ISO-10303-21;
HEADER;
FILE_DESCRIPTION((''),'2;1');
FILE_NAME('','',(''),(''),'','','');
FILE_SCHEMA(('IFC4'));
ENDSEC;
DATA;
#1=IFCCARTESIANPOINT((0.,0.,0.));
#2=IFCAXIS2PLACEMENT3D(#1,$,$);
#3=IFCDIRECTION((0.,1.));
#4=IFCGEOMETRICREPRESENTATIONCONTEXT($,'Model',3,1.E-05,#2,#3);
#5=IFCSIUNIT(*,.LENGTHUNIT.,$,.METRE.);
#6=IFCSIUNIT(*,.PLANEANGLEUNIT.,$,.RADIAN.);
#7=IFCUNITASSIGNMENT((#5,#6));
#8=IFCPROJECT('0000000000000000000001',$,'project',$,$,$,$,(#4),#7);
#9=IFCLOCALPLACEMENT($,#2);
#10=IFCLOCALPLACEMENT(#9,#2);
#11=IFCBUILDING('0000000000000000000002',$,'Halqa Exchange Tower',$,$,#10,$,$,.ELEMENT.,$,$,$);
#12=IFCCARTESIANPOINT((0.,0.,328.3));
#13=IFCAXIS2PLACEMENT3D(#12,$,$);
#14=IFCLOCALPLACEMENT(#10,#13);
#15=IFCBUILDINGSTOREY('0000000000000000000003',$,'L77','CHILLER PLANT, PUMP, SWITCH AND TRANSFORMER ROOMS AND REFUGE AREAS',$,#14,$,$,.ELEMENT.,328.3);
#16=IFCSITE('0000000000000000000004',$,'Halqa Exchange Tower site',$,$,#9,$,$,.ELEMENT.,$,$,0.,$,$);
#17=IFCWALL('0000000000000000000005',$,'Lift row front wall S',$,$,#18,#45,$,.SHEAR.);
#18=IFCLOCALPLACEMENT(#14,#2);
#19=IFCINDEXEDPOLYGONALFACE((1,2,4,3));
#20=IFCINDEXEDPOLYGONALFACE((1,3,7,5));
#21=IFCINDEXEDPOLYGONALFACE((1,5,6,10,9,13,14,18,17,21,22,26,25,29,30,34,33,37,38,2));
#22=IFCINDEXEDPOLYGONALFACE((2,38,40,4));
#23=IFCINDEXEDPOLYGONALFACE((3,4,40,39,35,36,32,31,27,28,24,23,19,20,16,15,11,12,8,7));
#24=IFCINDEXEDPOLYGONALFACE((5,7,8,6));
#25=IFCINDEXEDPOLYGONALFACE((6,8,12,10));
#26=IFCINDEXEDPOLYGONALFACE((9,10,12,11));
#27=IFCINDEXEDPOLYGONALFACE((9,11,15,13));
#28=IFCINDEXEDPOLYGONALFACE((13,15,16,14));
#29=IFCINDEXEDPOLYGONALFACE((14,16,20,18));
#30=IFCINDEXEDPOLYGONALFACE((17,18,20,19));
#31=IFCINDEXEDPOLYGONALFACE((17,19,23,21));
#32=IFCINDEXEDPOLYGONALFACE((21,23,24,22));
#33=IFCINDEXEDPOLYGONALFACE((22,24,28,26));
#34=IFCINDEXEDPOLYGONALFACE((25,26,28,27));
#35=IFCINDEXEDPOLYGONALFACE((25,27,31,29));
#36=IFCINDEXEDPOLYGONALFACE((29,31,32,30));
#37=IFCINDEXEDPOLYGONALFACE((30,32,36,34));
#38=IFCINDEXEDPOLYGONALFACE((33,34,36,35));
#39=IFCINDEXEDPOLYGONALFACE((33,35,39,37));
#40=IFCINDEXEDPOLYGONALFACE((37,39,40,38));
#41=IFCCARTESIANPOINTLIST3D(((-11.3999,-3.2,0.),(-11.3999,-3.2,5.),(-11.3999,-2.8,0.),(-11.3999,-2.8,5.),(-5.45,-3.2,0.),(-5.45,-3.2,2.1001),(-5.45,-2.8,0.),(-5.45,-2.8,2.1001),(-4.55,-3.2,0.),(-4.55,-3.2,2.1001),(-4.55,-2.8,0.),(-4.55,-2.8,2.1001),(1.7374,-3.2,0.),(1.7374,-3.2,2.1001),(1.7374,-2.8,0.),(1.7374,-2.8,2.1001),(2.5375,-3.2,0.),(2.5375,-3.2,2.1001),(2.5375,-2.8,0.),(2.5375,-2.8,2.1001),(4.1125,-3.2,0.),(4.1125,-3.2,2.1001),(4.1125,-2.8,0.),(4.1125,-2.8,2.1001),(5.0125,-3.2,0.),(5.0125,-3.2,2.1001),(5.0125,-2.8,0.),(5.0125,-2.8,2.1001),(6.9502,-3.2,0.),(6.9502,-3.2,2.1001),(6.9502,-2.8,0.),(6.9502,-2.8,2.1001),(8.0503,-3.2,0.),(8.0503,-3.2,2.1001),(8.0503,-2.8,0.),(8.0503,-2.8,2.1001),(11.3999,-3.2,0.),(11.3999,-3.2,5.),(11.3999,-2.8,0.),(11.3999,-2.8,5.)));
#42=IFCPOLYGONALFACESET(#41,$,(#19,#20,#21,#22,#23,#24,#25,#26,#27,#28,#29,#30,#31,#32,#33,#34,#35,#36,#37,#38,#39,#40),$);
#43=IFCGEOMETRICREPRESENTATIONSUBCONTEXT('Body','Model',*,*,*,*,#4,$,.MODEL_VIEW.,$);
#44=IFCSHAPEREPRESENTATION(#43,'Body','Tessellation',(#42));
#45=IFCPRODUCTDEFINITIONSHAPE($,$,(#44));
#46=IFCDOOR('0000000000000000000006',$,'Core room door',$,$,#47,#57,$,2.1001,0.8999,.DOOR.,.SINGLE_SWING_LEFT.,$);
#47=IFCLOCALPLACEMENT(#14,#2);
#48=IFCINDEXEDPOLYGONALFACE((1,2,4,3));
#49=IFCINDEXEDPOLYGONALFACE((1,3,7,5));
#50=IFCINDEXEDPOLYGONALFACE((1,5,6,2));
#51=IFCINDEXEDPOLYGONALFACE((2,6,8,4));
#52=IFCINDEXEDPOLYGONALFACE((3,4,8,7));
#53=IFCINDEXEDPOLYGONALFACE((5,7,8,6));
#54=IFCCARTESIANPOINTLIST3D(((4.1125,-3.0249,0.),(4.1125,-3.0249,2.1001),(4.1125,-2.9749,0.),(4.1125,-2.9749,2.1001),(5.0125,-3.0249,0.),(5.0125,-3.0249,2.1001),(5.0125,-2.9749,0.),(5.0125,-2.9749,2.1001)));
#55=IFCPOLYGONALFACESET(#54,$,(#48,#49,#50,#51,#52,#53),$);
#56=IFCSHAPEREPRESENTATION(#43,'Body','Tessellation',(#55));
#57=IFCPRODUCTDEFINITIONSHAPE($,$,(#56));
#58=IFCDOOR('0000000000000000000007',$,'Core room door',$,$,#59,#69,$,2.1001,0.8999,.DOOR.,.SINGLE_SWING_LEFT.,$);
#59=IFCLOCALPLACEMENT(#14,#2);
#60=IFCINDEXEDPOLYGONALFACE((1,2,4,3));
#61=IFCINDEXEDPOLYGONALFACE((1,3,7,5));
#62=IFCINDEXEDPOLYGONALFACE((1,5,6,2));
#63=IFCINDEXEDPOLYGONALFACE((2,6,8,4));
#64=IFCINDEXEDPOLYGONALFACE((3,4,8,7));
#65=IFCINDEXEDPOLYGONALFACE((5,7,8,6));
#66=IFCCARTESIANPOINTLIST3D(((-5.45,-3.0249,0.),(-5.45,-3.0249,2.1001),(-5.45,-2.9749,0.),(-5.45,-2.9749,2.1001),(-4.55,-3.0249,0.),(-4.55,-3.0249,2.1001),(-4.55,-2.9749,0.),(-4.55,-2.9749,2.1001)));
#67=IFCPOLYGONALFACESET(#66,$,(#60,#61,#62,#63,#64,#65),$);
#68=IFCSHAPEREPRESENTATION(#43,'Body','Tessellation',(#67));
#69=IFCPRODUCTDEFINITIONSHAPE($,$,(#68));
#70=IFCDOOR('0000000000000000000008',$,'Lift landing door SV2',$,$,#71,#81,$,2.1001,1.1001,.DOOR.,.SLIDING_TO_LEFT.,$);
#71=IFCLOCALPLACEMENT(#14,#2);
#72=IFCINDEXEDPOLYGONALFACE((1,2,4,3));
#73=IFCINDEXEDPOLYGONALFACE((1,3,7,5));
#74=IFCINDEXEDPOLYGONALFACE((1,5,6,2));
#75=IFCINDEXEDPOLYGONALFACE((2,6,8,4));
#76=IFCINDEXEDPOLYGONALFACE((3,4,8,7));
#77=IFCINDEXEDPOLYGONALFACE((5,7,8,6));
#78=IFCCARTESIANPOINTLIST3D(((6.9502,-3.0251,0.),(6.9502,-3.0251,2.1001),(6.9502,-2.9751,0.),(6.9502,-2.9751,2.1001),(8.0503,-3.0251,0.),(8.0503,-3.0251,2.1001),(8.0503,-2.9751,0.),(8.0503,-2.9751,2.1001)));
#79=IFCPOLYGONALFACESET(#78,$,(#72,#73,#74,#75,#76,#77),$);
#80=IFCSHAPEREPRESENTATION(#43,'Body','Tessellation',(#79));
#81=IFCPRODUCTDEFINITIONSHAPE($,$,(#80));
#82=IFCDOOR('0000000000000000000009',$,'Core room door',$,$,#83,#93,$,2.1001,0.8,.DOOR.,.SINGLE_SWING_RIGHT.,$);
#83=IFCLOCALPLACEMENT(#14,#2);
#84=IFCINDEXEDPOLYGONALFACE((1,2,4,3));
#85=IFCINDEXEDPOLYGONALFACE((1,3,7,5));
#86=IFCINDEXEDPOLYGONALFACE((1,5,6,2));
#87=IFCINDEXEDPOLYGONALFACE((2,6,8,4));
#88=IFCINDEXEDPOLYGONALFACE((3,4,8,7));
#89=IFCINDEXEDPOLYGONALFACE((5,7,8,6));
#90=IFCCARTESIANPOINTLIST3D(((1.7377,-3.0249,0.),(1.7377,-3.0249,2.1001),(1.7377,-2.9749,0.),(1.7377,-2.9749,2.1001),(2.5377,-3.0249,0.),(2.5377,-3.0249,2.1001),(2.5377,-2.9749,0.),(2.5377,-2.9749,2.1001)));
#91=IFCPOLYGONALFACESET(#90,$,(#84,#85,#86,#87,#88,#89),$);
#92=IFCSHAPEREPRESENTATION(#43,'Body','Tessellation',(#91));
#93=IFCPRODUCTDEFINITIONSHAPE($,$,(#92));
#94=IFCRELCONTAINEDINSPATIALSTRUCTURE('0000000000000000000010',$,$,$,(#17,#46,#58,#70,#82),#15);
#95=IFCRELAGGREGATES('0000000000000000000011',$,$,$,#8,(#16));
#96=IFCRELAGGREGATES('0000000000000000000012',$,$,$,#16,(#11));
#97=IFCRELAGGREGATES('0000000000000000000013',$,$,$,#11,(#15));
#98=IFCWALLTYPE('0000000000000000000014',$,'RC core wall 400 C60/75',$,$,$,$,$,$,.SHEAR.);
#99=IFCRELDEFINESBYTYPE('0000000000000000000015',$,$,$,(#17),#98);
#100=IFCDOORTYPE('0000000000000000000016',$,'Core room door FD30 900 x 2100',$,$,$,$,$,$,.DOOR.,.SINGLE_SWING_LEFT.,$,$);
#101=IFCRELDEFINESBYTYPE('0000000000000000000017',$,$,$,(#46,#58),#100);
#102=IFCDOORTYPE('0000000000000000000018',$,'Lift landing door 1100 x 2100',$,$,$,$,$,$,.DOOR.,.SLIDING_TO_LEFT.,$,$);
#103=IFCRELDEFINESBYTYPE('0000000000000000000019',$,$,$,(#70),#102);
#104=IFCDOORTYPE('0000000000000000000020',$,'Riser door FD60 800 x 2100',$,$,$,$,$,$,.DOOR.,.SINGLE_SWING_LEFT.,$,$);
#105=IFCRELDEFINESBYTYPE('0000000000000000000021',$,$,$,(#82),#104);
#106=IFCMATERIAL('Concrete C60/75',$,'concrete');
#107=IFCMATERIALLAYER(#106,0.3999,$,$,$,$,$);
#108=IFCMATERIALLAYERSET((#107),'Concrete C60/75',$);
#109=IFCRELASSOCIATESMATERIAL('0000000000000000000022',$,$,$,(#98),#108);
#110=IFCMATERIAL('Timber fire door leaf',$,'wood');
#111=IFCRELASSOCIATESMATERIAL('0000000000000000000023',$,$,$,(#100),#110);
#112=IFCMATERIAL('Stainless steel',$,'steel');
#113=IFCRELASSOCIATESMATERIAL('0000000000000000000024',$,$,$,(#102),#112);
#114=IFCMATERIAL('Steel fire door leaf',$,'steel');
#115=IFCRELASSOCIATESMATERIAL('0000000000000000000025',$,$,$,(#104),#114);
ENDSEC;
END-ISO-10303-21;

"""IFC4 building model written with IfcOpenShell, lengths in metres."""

from ifc_helpers import new_model, si_unit, direction, frame, frame_2d, origin, place, context, subcontext, project, spatial, rectangle, extrude, material, layer, layer_set, type_object, element, fill, save


model = new_model("IFC4")

# Units and contexts
model_context = context("Model", 3, precision=1e-05, world=origin(), true_north=direction((0.0, 1.0)))
body_context = subcontext(model_context, "Body", "Model", "MODEL_VIEW")
ifc_project = project(units=[si_unit("LENGTHUNIT", "METRE"), si_unit("PLANEANGLEUNIT", "RADIAN")], contexts=[model_context])

# Site, building, storey
site_placement = place(None, origin())
site = spatial("IfcSite", under=ifc_project, at=site_placement, Name="Halqa Exchange Tower site", CompositionType="ELEMENT", RefElevation=0.0)
building_placement = place(site_placement, origin())
building = spatial("IfcBuilding", under=site, at=building_placement, Name="Halqa Exchange Tower", CompositionType="ELEMENT")
storey_placement = place(building_placement, frame((0.0, 0.0, 328.3)))
storey = spatial("IfcBuildingStorey", under=building, at=storey_placement, Name="L77", Description="CHILLER PLANT, PUMP, SWITCH AND TRANSFORMER ROOMS AND REFUGE AREAS", CompositionType="ELEMENT", Elevation=328.3)

# Wall, openings, doors
ifc_material_1 = material(Name="Concrete C60/75", Category="concrete")
ifc_layer_1 = layer(ifc_material_1, 0.3999)
ifc_layer_set_1 = layer_set([ifc_layer_1], Name="Concrete C60/75")
wall_type_1 = type_object("IfcWallType", Name="RC core wall 400 C60/75", PredefinedType="SHEAR", material=ifc_layer_set_1)
wall_1_placement = place(storey_placement, frame((-11.3999, -3.0, 0.0), z_axis=(0.0, 0.0, 1.0), x_axis=(1.0, 0.0, 0.0)))
wall_1 = element("IfcWall", 1, at=wall_1_placement, inside=storey, type_object=wall_type_1, Name="Lift row front wall S", PredefinedType="SHEAR", context=body_context, shape_type="SweptSolid", body=[
    extrude(rectangle(XDim=22.7998, YDim=0.3999, at=frame_2d((11.3999, 0.0))), origin(), (0.0, 0.0, 1.0), 5.0),
])
opening_1_placement = place(wall_1_placement, frame((18.3501, 0.0, 0.0)))
opening_1 = element("IfcOpeningElement", 2, at=opening_1_placement, cuts=wall_1, PredefinedType="OPENING", context=body_context, shape_type="SweptSolid", body=[
    extrude(rectangle(XDim=1.1001, YDim=2.1001, at=frame_2d((0.55, 1.05))), frame((0.0, 0.2119, 0.0), z_axis=(0.0, -1.0, 0.0), x_axis=(1.0, 0.0, 0.0)), (0.0, 0.0, 1.0), 0.4238),
])
opening_2_placement = place(wall_1_placement, frame((13.1375, 0.0, 0.0)))
opening_2 = element("IfcOpeningElement", 3, at=opening_2_placement, cuts=wall_1, PredefinedType="OPENING", context=body_context, shape_type="SweptSolid", body=[
    extrude(rectangle(XDim=0.8, YDim=2.1001, at=frame_2d((0.3999, 1.05))), frame((0.0, 0.2119, 0.0), z_axis=(0.0, -1.0, 0.0), x_axis=(1.0, 0.0, 0.0)), (0.0, 0.0, 1.0), 0.4238),
])
opening_3_placement = place(wall_1_placement, frame((15.5125, 0.0, 0.0)))
opening_3 = element("IfcOpeningElement", 4, at=opening_3_placement, cuts=wall_1, PredefinedType="OPENING", context=body_context, shape_type="SweptSolid", body=[
    extrude(rectangle(XDim=0.8999, YDim=2.1001, at=frame_2d((0.45, 1.05))), frame((0.0, 0.2119, 0.0), z_axis=(0.0, -1.0, 0.0), x_axis=(1.0, 0.0, 0.0)), (0.0, 0.0, 1.0), 0.4238),
])
opening_4_placement = place(wall_1_placement, frame((5.95, 0.0, 0.0)))
opening_4 = element("IfcOpeningElement", 5, at=opening_4_placement, cuts=wall_1, PredefinedType="OPENING", context=body_context, shape_type="SweptSolid", body=[
    extrude(rectangle(XDim=0.8999, YDim=2.1001, at=frame_2d((0.45, 1.05))), frame((0.0, 0.2119, 0.0), z_axis=(0.0, -1.0, 0.0), x_axis=(1.0, 0.0, 0.0)), (0.0, 0.0, 1.0), 0.4238),
])
ifc_material_2 = material(Name="Timber fire door leaf", Category="wood")
door_type_1 = type_object("IfcDoorType", Name="Core room door FD30 900 x 2100", OperationType="SINGLE_SWING_LEFT", PredefinedType="DOOR", material=ifc_material_2)
door_1_placement = place(opening_3_placement, frame((0.8999, 0.0, 0.0), z_axis=(0.0, 0.0, 1.0), x_axis=(-1.0, 0.0, 0.0)))
door_1 = element("IfcDoor", 6, at=door_1_placement, inside=storey, type_object=door_type_1, Name="Core room door", OperationType="SINGLE_SWING_LEFT", OverallHeight=2.1001, OverallWidth=0.8999, PredefinedType="DOOR", context=body_context, shape_type="SweptSolid", body=[
    extrude(rectangle(XDim=0.8999, YDim=2.1001, at=frame_2d((0.45, 1.05))), frame((0.0, 0.0249, 0.0), z_axis=(0.0, -1.0, 0.0), x_axis=(1.0, 0.0, 0.0)), (0.0, 0.0, 1.0), 0.05),
])
fill(opening_3, door_1)
door_2_placement = place(opening_4_placement, frame((0.8999, 0.0, 0.0), z_axis=(0.0, 0.0, 1.0), x_axis=(-1.0, 0.0, 0.0)))
door_2 = element("IfcDoor", 7, at=door_2_placement, inside=storey, type_object=door_type_1, Name="Core room door", OperationType="SINGLE_SWING_LEFT", OverallHeight=2.1001, OverallWidth=0.8999, PredefinedType="DOOR", context=body_context, shape_type="SweptSolid", body=[
    extrude(rectangle(XDim=0.8999, YDim=2.1001, at=frame_2d((0.45, 1.05))), frame((0.0, 0.0249, 0.0), z_axis=(0.0, -1.0, 0.0), x_axis=(1.0, 0.0, 0.0)), (0.0, 0.0, 1.0), 0.05),
])
fill(opening_4, door_2)
ifc_material_3 = material(Name="Stainless steel", Category="steel")
door_type_2 = type_object("IfcDoorType", Name="Lift landing door 1100 x 2100", OperationType="SLIDING_TO_LEFT", PredefinedType="DOOR", material=ifc_material_3)
door_3_placement = place(opening_1_placement, origin())
door_3 = element("IfcDoor", 8, at=door_3_placement, inside=storey, type_object=door_type_2, Name="Lift landing door SV2", OperationType="SLIDING_TO_LEFT", OverallHeight=2.1001, OverallWidth=1.1001, PredefinedType="DOOR", context=body_context, shape_type="SweptSolid", body=[
    extrude(rectangle(XDim=1.1001, YDim=2.1001, at=frame_2d((0.55, 1.05))), frame((0.0, 0.0249, 0.0), z_axis=(0.0, -1.0, 0.0), x_axis=(1.0, 0.0, 0.0)), (0.0, 0.0, 1.0), 0.05),
])
fill(opening_1, door_3)
ifc_material_4 = material(Name="Steel fire door leaf", Category="steel")
door_type_3 = type_object("IfcDoorType", Name="Riser door FD60 800 x 2100", OperationType="SINGLE_SWING_LEFT", PredefinedType="DOOR", material=ifc_material_4)
door_4_placement = place(opening_2_placement, frame((0.8, 0.0, 0.0), z_axis=(0.0, 0.0, 1.0), x_axis=(-1.0, 0.0, 0.0)))
door_4 = element("IfcDoor", 9, at=door_4_placement, inside=storey, type_object=door_type_3, Name="Core room door", OperationType="SINGLE_SWING_RIGHT", OverallHeight=2.1001, OverallWidth=0.8, PredefinedType="DOOR", context=body_context, shape_type="SweptSolid", body=[
    extrude(rectangle(XDim=0.8, YDim=2.1001, at=frame_2d((0.3999, 1.05))), frame((0.0, 0.0249, 0.0), z_axis=(0.0, -1.0, 0.0), x_axis=(1.0, 0.0, 0.0)), (0.0, 0.0, 1.0), 0.05),
])
fill(opening_2, door_4)

save(model, "model.ifc")
